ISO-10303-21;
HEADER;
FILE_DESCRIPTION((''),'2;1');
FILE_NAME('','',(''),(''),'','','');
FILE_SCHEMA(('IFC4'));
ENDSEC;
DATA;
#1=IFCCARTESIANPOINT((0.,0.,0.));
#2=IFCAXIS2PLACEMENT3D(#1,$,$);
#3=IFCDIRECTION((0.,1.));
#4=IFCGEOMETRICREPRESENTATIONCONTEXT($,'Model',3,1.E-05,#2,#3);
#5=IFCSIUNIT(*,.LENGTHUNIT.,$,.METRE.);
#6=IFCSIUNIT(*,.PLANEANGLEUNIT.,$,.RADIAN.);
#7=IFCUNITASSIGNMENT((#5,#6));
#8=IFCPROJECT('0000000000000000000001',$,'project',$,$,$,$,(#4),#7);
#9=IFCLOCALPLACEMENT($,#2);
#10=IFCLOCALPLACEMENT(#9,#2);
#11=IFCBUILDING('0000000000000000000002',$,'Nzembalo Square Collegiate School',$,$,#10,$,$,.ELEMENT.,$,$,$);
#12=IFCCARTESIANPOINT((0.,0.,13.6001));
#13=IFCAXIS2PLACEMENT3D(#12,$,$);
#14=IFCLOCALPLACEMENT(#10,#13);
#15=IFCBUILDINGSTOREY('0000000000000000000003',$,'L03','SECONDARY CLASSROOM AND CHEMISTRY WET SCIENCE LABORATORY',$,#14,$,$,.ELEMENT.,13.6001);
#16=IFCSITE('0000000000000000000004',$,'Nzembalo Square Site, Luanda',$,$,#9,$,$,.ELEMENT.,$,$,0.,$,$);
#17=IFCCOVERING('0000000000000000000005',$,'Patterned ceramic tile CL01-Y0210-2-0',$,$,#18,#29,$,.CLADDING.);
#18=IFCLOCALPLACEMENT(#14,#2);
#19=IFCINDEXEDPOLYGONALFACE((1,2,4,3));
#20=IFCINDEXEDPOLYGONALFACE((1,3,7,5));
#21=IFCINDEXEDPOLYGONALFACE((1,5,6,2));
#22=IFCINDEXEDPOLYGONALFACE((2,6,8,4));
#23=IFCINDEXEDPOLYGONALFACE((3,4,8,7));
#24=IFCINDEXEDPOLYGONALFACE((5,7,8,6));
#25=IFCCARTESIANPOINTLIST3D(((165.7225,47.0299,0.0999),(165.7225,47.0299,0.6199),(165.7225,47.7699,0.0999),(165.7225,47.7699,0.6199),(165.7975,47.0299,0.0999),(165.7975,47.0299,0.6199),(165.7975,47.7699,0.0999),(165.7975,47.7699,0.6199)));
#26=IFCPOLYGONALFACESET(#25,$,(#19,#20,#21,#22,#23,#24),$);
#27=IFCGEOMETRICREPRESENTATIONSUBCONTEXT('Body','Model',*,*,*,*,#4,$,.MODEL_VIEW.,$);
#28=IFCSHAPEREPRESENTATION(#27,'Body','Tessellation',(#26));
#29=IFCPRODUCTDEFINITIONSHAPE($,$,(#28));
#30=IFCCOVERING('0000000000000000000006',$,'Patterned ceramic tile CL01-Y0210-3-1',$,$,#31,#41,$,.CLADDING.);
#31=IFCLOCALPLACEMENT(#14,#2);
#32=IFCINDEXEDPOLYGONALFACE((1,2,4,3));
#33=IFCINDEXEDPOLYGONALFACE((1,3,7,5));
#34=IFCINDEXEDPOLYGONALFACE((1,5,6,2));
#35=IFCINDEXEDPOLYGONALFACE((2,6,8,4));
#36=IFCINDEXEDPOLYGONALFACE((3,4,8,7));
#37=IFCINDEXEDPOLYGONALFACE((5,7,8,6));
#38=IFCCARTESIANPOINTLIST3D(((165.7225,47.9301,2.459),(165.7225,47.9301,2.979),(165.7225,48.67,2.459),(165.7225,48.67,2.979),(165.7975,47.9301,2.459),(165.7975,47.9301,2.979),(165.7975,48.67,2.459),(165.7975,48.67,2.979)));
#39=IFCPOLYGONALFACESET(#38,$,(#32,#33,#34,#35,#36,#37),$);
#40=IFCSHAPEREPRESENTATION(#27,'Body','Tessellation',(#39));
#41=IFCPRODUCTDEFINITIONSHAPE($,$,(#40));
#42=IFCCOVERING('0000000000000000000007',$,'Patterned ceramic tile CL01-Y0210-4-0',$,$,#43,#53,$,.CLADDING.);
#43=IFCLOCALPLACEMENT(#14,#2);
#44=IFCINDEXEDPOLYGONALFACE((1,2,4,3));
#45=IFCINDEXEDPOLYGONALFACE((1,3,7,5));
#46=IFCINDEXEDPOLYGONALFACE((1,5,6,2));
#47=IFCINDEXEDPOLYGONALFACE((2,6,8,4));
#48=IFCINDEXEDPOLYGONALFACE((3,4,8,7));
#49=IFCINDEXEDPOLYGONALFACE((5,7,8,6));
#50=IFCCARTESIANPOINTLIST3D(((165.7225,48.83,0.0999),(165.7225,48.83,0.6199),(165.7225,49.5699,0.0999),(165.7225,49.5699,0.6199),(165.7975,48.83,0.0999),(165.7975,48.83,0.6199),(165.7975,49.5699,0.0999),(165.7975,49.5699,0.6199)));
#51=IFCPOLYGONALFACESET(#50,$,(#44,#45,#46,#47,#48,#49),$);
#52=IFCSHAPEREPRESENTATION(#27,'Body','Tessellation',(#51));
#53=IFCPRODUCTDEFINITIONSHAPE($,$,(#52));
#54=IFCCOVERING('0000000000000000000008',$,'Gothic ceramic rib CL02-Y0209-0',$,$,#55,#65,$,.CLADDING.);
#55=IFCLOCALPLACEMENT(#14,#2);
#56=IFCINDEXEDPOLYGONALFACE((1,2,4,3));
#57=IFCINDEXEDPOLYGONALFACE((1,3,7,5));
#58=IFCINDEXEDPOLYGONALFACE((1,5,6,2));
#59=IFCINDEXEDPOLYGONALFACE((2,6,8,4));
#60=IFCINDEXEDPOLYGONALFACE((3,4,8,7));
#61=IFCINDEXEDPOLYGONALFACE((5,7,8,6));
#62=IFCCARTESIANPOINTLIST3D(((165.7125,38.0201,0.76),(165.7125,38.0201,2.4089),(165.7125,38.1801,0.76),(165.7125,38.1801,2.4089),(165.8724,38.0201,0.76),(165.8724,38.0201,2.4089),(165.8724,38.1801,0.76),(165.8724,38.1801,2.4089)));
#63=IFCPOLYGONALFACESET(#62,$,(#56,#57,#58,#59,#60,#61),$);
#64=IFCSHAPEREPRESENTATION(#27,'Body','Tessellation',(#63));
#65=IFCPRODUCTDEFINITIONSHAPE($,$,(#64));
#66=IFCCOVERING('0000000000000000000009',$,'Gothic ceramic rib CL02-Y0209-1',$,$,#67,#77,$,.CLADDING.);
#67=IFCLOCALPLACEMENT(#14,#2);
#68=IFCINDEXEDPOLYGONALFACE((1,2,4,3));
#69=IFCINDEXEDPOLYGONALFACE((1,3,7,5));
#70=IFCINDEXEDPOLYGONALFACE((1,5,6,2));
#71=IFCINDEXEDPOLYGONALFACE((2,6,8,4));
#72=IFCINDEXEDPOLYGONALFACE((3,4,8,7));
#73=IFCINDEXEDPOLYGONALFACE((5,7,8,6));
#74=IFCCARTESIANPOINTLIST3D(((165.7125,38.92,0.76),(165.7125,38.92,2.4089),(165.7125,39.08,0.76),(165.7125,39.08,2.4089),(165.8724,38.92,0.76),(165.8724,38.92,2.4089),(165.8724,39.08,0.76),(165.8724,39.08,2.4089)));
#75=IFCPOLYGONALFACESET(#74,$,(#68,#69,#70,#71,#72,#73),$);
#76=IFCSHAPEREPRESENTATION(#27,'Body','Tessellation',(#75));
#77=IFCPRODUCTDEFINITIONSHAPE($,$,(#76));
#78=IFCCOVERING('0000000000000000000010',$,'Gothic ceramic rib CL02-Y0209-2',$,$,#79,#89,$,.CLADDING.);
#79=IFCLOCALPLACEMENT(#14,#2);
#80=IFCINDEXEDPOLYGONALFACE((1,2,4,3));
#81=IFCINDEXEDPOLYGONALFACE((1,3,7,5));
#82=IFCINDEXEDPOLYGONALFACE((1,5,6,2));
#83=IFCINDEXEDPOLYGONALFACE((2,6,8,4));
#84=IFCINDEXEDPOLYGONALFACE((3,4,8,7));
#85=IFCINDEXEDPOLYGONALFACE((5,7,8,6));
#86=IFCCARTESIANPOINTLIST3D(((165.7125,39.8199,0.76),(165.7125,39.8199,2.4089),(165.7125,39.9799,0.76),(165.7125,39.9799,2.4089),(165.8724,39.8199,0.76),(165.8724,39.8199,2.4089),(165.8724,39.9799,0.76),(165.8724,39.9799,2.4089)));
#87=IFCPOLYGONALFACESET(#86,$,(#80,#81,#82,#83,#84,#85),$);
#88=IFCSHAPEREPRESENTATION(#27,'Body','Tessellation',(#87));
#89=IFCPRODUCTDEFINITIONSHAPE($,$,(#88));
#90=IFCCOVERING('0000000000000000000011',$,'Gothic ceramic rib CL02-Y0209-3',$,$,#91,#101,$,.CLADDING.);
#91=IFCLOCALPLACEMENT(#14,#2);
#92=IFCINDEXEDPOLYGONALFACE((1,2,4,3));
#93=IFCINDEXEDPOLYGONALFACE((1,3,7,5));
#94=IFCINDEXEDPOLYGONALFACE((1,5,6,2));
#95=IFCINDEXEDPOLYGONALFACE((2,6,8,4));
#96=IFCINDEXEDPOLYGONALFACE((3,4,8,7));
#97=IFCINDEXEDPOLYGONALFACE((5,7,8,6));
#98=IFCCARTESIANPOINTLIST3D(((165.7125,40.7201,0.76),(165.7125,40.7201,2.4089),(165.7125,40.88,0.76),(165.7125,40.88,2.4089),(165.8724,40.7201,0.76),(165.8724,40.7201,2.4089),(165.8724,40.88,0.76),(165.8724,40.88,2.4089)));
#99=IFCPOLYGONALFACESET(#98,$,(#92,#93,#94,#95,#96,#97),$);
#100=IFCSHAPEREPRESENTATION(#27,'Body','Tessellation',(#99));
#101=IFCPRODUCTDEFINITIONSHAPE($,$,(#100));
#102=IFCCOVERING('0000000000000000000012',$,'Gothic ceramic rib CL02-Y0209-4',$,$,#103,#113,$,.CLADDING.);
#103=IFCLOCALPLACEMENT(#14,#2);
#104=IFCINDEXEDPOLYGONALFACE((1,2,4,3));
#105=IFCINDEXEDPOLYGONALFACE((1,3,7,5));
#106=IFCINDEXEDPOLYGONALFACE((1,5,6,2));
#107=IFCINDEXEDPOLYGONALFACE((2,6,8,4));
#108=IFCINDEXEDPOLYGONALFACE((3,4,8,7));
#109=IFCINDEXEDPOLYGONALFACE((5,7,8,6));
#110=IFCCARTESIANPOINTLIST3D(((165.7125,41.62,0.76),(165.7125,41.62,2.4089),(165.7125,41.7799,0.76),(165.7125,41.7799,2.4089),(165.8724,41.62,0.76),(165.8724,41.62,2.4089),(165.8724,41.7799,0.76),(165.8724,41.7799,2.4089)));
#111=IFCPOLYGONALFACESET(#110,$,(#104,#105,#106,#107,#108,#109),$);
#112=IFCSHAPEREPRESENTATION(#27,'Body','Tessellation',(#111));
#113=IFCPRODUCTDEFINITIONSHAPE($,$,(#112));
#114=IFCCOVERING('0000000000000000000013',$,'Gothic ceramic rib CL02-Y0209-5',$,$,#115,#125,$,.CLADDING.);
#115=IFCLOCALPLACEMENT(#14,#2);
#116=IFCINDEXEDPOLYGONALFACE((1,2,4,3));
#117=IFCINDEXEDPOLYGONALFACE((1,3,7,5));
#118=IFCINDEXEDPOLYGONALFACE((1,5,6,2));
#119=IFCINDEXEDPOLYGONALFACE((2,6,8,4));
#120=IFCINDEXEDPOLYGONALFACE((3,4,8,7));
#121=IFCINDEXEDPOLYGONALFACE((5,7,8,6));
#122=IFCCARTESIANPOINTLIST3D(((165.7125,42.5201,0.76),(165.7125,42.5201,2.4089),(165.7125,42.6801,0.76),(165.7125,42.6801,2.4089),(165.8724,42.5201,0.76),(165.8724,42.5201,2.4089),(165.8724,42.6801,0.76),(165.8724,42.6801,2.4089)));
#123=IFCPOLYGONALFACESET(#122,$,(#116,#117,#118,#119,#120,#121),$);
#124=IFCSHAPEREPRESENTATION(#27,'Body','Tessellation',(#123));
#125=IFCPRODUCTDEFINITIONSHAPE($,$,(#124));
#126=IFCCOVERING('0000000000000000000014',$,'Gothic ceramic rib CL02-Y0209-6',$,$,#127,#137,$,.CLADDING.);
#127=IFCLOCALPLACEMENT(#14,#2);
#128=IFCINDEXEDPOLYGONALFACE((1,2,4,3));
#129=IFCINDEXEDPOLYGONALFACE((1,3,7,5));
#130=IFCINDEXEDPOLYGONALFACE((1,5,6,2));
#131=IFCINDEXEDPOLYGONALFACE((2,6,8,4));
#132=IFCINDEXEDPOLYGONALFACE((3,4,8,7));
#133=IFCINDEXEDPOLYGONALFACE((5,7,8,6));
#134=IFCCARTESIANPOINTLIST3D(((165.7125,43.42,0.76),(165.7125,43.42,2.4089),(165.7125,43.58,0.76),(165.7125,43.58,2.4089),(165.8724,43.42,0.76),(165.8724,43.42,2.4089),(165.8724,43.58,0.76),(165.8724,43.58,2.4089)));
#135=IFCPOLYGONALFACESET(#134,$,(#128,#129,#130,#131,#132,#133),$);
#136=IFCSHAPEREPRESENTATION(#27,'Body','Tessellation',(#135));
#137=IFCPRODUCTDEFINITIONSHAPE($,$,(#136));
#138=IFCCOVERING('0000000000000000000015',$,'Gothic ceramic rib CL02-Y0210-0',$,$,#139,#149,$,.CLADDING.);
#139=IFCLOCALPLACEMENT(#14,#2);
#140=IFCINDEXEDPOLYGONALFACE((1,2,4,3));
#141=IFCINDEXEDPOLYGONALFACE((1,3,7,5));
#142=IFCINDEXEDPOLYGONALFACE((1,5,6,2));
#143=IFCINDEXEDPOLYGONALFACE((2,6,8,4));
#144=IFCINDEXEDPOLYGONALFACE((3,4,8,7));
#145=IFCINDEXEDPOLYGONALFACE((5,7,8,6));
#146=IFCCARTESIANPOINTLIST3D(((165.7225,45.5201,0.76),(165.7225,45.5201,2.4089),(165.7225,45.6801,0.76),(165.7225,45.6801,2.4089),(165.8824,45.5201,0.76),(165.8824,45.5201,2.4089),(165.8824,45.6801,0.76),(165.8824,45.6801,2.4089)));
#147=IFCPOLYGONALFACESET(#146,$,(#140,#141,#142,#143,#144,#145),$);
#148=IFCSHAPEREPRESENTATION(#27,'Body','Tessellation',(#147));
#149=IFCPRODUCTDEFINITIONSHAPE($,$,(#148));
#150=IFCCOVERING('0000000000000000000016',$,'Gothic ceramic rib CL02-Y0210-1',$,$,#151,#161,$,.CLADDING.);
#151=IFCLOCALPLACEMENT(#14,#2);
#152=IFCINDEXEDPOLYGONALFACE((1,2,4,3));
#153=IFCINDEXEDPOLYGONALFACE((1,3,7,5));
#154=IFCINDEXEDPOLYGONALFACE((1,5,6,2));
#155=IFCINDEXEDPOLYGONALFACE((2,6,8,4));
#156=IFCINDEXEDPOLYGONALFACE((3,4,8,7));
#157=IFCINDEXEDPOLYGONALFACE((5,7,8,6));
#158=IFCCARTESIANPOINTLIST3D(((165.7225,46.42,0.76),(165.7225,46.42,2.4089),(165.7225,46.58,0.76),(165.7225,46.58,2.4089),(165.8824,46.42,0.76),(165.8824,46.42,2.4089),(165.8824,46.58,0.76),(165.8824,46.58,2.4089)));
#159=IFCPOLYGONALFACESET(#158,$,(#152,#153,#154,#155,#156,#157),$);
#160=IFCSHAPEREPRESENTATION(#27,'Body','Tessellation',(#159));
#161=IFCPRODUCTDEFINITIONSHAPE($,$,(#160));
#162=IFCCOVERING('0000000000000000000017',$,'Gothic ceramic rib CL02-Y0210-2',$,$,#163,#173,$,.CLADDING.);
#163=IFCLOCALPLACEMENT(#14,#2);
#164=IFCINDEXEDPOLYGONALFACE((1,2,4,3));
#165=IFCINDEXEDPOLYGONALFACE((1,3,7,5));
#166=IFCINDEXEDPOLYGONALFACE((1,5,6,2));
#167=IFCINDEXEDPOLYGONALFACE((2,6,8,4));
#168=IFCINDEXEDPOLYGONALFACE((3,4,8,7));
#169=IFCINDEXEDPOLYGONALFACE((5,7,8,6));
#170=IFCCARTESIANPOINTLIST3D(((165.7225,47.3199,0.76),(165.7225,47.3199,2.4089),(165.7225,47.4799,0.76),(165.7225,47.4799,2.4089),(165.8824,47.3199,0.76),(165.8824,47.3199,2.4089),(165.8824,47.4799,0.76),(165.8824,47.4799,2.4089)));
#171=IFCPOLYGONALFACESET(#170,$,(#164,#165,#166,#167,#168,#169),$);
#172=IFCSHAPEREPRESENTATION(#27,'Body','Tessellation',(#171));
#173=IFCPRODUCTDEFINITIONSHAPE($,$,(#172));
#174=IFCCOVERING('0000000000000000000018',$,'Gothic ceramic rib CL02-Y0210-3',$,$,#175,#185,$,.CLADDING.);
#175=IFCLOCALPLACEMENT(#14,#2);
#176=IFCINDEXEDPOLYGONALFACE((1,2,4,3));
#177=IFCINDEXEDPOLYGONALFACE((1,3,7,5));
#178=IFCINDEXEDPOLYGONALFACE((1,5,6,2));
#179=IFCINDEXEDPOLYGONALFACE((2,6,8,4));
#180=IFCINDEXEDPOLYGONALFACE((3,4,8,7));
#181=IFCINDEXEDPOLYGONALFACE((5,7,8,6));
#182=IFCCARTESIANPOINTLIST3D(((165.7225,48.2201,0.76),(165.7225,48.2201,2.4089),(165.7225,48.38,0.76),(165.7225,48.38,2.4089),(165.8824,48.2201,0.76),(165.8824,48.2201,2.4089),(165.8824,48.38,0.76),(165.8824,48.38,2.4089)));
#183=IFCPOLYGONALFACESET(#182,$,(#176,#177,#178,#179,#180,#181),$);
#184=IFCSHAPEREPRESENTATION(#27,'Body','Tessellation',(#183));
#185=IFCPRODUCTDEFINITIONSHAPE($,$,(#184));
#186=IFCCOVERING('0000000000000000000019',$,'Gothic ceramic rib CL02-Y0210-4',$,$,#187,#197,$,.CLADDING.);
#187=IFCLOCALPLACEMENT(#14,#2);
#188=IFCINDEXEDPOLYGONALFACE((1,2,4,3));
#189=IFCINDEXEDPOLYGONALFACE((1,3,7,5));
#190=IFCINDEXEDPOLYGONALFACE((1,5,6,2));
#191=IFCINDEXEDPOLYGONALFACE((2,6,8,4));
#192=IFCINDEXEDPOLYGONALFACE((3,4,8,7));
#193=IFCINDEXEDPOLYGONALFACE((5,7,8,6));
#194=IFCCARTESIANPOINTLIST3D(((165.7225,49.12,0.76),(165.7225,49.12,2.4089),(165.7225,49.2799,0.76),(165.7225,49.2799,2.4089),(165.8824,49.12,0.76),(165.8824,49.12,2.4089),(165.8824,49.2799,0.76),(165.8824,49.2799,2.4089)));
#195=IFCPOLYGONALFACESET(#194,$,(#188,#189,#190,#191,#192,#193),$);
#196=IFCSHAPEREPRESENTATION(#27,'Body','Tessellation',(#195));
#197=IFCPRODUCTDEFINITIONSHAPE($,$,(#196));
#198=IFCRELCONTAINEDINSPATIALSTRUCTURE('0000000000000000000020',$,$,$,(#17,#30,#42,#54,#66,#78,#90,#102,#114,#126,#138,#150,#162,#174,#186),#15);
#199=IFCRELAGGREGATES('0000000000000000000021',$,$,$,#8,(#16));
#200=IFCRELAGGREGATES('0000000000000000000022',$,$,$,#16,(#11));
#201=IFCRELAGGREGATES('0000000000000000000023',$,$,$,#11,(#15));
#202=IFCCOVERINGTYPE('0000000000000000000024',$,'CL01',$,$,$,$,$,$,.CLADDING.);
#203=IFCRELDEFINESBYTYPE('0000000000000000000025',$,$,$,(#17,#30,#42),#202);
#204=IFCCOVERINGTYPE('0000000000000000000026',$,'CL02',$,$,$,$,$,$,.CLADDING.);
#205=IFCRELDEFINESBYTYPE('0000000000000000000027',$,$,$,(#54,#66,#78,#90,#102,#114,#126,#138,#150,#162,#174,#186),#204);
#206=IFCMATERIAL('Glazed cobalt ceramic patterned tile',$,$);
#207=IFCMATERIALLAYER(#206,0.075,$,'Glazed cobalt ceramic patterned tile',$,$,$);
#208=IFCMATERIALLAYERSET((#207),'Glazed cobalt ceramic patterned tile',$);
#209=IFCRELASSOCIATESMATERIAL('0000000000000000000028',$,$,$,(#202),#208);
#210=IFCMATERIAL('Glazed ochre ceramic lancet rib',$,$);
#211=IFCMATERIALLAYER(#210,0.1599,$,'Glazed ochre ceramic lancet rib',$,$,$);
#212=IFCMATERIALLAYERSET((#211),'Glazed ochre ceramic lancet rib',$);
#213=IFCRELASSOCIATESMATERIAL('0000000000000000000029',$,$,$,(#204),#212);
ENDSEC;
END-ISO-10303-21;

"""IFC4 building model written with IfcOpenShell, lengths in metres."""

from ifc_helpers import new_model, si_unit, direction, frame, origin, origin_2d, place, context, subcontext, project, spatial, rectangle, extrude, material, layer, layer_set, type_object, element, save


model = new_model("IFC4")

# Units and contexts
model_context = context("Model", 3, precision=1e-05, world=origin(), true_north=direction((0.0, 1.0)))
body_context = subcontext(model_context, "Body", "Model", "MODEL_VIEW")
ifc_project = project(units=[si_unit("LENGTHUNIT", "METRE"), si_unit("PLANEANGLEUNIT", "RADIAN")], contexts=[model_context])

# Site, building, storey
site_placement = place(None, origin())
site = spatial("IfcSite", under=ifc_project, at=site_placement, Name="Nzembalo Square Site, Luanda", CompositionType="ELEMENT", RefElevation=0.0)
building_placement = place(site_placement, origin())
building = spatial("IfcBuilding", under=site, at=building_placement, Name="Nzembalo Square Collegiate School", CompositionType="ELEMENT")
storey_placement = place(building_placement, frame((0.0, 0.0, 13.6001)))
storey = spatial("IfcBuildingStorey", under=building, at=storey_placement, Name="L03", Description="SECONDARY CLASSROOM AND CHEMISTRY WET SCIENCE LABORATORY", CompositionType="ELEMENT", Elevation=13.6001)

# Coverings
ifc_material_1 = material(Name="Glazed cobalt ceramic patterned tile")
ifc_layer_1 = layer(ifc_material_1, 0.075, Name="Glazed cobalt ceramic patterned tile")
ifc_layer_set_1 = layer_set([ifc_layer_1], Name="Glazed cobalt ceramic patterned tile")
covering_type_1 = type_object("IfcCoveringType", Name="CL01", PredefinedType="CLADDING", material=ifc_layer_set_1)
for number, where, z_axis, x_axis, name in (
    (1, (165.76, 47.3999, 0.0999), (0.0, 0.0, 1.0), (1.0, 0.0, 0.0), "Patterned ceramic tile CL01-Y0210-2-0"),
    (2, (165.76, 48.3, 2.459), (0.0, 0.0, 1.0), (1.0, 0.0, 0.0), "Patterned ceramic tile CL01-Y0210-3-1"),
    (3, (165.76, 49.2, 0.0999), (0.0, 0.0, 1.0), (1.0, 0.0, 0.0), "Patterned ceramic tile CL01-Y0210-4-0"),
):
    element("IfcCovering", number, at=place(storey_placement, frame(where, z_axis=z_axis, x_axis=x_axis)), inside=storey, type_object=covering_type_1, Name=name, PredefinedType="CLADDING", context=body_context, shape_type="SweptSolid", body=[
        extrude(rectangle(XDim=0.075, YDim=0.74, at=origin_2d()), origin(), (0.0, 0.0, 1.0), 0.52),
    ])
ifc_material_2 = material(Name="Glazed ochre ceramic lancet rib")
ifc_layer_2 = layer(ifc_material_2, 0.1599, Name="Glazed ochre ceramic lancet rib")
ifc_layer_set_2 = layer_set([ifc_layer_2], Name="Glazed ochre ceramic lancet rib")
covering_type_2 = type_object("IfcCoveringType", Name="CL02", PredefinedType="CLADDING", material=ifc_layer_set_2)
for number, where, z_axis, x_axis, name in (
    (4, (165.7925, 38.1001, 0.76), (0.0, 0.0, 1.0), (1.0, 0.0, 0.0), "Gothic ceramic rib CL02-Y0209-0"),
    (5, (165.7925, 39.0, 0.76), (0.0, 0.0, 1.0), (1.0, 0.0, 0.0), "Gothic ceramic rib CL02-Y0209-1"),
    (6, (165.7925, 39.8999, 0.76), (0.0, 0.0, 1.0), (1.0, 0.0, 0.0), "Gothic ceramic rib CL02-Y0209-2"),
    (7, (165.7925, 40.8, 0.76), (0.0, 0.0, 1.0), (1.0, 0.0, 0.0), "Gothic ceramic rib CL02-Y0209-3"),
    (8, (165.7925, 41.7, 0.76), (0.0, 0.0, 1.0), (1.0, 0.0, 0.0), "Gothic ceramic rib CL02-Y0209-4"),
    (9, (165.7925, 42.6001, 0.76), (0.0, 0.0, 1.0), (1.0, 0.0, 0.0), "Gothic ceramic rib CL02-Y0209-5"),
    (10, (165.7925, 43.5, 0.76), (0.0, 0.0, 1.0), (1.0, 0.0, 0.0), "Gothic ceramic rib CL02-Y0209-6"),
    (11, (165.8025, 45.6001, 0.76), (0.0, 0.0, 1.0), (1.0, 0.0, 0.0), "Gothic ceramic rib CL02-Y0210-0"),
    (12, (165.8025, 46.5, 0.76), (0.0, 0.0, 1.0), (1.0, 0.0, 0.0), "Gothic ceramic rib CL02-Y0210-1"),
    (13, (165.8025, 47.3999, 0.76), (0.0, 0.0, 1.0), (1.0, 0.0, 0.0), "Gothic ceramic rib CL02-Y0210-2"),
    (14, (165.8025, 48.3, 0.76), (0.0, 0.0, 1.0), (1.0, 0.0, 0.0), "Gothic ceramic rib CL02-Y0210-3"),
    (15, (165.8025, 49.2, 0.76), (0.0, 0.0, 1.0), (1.0, 0.0, 0.0), "Gothic ceramic rib CL02-Y0210-4"),
):
    element("IfcCovering", number, at=place(storey_placement, frame(where, z_axis=z_axis, x_axis=x_axis)), inside=storey, type_object=covering_type_2, Name=name, PredefinedType="CLADDING", context=body_context, shape_type="SweptSolid", body=[
        extrude(rectangle(XDim=0.1599, YDim=0.1599, at=origin_2d()), origin(), (0.0, 0.0, 1.0), 1.6489),
    ])

save(model, "model.ifc")
